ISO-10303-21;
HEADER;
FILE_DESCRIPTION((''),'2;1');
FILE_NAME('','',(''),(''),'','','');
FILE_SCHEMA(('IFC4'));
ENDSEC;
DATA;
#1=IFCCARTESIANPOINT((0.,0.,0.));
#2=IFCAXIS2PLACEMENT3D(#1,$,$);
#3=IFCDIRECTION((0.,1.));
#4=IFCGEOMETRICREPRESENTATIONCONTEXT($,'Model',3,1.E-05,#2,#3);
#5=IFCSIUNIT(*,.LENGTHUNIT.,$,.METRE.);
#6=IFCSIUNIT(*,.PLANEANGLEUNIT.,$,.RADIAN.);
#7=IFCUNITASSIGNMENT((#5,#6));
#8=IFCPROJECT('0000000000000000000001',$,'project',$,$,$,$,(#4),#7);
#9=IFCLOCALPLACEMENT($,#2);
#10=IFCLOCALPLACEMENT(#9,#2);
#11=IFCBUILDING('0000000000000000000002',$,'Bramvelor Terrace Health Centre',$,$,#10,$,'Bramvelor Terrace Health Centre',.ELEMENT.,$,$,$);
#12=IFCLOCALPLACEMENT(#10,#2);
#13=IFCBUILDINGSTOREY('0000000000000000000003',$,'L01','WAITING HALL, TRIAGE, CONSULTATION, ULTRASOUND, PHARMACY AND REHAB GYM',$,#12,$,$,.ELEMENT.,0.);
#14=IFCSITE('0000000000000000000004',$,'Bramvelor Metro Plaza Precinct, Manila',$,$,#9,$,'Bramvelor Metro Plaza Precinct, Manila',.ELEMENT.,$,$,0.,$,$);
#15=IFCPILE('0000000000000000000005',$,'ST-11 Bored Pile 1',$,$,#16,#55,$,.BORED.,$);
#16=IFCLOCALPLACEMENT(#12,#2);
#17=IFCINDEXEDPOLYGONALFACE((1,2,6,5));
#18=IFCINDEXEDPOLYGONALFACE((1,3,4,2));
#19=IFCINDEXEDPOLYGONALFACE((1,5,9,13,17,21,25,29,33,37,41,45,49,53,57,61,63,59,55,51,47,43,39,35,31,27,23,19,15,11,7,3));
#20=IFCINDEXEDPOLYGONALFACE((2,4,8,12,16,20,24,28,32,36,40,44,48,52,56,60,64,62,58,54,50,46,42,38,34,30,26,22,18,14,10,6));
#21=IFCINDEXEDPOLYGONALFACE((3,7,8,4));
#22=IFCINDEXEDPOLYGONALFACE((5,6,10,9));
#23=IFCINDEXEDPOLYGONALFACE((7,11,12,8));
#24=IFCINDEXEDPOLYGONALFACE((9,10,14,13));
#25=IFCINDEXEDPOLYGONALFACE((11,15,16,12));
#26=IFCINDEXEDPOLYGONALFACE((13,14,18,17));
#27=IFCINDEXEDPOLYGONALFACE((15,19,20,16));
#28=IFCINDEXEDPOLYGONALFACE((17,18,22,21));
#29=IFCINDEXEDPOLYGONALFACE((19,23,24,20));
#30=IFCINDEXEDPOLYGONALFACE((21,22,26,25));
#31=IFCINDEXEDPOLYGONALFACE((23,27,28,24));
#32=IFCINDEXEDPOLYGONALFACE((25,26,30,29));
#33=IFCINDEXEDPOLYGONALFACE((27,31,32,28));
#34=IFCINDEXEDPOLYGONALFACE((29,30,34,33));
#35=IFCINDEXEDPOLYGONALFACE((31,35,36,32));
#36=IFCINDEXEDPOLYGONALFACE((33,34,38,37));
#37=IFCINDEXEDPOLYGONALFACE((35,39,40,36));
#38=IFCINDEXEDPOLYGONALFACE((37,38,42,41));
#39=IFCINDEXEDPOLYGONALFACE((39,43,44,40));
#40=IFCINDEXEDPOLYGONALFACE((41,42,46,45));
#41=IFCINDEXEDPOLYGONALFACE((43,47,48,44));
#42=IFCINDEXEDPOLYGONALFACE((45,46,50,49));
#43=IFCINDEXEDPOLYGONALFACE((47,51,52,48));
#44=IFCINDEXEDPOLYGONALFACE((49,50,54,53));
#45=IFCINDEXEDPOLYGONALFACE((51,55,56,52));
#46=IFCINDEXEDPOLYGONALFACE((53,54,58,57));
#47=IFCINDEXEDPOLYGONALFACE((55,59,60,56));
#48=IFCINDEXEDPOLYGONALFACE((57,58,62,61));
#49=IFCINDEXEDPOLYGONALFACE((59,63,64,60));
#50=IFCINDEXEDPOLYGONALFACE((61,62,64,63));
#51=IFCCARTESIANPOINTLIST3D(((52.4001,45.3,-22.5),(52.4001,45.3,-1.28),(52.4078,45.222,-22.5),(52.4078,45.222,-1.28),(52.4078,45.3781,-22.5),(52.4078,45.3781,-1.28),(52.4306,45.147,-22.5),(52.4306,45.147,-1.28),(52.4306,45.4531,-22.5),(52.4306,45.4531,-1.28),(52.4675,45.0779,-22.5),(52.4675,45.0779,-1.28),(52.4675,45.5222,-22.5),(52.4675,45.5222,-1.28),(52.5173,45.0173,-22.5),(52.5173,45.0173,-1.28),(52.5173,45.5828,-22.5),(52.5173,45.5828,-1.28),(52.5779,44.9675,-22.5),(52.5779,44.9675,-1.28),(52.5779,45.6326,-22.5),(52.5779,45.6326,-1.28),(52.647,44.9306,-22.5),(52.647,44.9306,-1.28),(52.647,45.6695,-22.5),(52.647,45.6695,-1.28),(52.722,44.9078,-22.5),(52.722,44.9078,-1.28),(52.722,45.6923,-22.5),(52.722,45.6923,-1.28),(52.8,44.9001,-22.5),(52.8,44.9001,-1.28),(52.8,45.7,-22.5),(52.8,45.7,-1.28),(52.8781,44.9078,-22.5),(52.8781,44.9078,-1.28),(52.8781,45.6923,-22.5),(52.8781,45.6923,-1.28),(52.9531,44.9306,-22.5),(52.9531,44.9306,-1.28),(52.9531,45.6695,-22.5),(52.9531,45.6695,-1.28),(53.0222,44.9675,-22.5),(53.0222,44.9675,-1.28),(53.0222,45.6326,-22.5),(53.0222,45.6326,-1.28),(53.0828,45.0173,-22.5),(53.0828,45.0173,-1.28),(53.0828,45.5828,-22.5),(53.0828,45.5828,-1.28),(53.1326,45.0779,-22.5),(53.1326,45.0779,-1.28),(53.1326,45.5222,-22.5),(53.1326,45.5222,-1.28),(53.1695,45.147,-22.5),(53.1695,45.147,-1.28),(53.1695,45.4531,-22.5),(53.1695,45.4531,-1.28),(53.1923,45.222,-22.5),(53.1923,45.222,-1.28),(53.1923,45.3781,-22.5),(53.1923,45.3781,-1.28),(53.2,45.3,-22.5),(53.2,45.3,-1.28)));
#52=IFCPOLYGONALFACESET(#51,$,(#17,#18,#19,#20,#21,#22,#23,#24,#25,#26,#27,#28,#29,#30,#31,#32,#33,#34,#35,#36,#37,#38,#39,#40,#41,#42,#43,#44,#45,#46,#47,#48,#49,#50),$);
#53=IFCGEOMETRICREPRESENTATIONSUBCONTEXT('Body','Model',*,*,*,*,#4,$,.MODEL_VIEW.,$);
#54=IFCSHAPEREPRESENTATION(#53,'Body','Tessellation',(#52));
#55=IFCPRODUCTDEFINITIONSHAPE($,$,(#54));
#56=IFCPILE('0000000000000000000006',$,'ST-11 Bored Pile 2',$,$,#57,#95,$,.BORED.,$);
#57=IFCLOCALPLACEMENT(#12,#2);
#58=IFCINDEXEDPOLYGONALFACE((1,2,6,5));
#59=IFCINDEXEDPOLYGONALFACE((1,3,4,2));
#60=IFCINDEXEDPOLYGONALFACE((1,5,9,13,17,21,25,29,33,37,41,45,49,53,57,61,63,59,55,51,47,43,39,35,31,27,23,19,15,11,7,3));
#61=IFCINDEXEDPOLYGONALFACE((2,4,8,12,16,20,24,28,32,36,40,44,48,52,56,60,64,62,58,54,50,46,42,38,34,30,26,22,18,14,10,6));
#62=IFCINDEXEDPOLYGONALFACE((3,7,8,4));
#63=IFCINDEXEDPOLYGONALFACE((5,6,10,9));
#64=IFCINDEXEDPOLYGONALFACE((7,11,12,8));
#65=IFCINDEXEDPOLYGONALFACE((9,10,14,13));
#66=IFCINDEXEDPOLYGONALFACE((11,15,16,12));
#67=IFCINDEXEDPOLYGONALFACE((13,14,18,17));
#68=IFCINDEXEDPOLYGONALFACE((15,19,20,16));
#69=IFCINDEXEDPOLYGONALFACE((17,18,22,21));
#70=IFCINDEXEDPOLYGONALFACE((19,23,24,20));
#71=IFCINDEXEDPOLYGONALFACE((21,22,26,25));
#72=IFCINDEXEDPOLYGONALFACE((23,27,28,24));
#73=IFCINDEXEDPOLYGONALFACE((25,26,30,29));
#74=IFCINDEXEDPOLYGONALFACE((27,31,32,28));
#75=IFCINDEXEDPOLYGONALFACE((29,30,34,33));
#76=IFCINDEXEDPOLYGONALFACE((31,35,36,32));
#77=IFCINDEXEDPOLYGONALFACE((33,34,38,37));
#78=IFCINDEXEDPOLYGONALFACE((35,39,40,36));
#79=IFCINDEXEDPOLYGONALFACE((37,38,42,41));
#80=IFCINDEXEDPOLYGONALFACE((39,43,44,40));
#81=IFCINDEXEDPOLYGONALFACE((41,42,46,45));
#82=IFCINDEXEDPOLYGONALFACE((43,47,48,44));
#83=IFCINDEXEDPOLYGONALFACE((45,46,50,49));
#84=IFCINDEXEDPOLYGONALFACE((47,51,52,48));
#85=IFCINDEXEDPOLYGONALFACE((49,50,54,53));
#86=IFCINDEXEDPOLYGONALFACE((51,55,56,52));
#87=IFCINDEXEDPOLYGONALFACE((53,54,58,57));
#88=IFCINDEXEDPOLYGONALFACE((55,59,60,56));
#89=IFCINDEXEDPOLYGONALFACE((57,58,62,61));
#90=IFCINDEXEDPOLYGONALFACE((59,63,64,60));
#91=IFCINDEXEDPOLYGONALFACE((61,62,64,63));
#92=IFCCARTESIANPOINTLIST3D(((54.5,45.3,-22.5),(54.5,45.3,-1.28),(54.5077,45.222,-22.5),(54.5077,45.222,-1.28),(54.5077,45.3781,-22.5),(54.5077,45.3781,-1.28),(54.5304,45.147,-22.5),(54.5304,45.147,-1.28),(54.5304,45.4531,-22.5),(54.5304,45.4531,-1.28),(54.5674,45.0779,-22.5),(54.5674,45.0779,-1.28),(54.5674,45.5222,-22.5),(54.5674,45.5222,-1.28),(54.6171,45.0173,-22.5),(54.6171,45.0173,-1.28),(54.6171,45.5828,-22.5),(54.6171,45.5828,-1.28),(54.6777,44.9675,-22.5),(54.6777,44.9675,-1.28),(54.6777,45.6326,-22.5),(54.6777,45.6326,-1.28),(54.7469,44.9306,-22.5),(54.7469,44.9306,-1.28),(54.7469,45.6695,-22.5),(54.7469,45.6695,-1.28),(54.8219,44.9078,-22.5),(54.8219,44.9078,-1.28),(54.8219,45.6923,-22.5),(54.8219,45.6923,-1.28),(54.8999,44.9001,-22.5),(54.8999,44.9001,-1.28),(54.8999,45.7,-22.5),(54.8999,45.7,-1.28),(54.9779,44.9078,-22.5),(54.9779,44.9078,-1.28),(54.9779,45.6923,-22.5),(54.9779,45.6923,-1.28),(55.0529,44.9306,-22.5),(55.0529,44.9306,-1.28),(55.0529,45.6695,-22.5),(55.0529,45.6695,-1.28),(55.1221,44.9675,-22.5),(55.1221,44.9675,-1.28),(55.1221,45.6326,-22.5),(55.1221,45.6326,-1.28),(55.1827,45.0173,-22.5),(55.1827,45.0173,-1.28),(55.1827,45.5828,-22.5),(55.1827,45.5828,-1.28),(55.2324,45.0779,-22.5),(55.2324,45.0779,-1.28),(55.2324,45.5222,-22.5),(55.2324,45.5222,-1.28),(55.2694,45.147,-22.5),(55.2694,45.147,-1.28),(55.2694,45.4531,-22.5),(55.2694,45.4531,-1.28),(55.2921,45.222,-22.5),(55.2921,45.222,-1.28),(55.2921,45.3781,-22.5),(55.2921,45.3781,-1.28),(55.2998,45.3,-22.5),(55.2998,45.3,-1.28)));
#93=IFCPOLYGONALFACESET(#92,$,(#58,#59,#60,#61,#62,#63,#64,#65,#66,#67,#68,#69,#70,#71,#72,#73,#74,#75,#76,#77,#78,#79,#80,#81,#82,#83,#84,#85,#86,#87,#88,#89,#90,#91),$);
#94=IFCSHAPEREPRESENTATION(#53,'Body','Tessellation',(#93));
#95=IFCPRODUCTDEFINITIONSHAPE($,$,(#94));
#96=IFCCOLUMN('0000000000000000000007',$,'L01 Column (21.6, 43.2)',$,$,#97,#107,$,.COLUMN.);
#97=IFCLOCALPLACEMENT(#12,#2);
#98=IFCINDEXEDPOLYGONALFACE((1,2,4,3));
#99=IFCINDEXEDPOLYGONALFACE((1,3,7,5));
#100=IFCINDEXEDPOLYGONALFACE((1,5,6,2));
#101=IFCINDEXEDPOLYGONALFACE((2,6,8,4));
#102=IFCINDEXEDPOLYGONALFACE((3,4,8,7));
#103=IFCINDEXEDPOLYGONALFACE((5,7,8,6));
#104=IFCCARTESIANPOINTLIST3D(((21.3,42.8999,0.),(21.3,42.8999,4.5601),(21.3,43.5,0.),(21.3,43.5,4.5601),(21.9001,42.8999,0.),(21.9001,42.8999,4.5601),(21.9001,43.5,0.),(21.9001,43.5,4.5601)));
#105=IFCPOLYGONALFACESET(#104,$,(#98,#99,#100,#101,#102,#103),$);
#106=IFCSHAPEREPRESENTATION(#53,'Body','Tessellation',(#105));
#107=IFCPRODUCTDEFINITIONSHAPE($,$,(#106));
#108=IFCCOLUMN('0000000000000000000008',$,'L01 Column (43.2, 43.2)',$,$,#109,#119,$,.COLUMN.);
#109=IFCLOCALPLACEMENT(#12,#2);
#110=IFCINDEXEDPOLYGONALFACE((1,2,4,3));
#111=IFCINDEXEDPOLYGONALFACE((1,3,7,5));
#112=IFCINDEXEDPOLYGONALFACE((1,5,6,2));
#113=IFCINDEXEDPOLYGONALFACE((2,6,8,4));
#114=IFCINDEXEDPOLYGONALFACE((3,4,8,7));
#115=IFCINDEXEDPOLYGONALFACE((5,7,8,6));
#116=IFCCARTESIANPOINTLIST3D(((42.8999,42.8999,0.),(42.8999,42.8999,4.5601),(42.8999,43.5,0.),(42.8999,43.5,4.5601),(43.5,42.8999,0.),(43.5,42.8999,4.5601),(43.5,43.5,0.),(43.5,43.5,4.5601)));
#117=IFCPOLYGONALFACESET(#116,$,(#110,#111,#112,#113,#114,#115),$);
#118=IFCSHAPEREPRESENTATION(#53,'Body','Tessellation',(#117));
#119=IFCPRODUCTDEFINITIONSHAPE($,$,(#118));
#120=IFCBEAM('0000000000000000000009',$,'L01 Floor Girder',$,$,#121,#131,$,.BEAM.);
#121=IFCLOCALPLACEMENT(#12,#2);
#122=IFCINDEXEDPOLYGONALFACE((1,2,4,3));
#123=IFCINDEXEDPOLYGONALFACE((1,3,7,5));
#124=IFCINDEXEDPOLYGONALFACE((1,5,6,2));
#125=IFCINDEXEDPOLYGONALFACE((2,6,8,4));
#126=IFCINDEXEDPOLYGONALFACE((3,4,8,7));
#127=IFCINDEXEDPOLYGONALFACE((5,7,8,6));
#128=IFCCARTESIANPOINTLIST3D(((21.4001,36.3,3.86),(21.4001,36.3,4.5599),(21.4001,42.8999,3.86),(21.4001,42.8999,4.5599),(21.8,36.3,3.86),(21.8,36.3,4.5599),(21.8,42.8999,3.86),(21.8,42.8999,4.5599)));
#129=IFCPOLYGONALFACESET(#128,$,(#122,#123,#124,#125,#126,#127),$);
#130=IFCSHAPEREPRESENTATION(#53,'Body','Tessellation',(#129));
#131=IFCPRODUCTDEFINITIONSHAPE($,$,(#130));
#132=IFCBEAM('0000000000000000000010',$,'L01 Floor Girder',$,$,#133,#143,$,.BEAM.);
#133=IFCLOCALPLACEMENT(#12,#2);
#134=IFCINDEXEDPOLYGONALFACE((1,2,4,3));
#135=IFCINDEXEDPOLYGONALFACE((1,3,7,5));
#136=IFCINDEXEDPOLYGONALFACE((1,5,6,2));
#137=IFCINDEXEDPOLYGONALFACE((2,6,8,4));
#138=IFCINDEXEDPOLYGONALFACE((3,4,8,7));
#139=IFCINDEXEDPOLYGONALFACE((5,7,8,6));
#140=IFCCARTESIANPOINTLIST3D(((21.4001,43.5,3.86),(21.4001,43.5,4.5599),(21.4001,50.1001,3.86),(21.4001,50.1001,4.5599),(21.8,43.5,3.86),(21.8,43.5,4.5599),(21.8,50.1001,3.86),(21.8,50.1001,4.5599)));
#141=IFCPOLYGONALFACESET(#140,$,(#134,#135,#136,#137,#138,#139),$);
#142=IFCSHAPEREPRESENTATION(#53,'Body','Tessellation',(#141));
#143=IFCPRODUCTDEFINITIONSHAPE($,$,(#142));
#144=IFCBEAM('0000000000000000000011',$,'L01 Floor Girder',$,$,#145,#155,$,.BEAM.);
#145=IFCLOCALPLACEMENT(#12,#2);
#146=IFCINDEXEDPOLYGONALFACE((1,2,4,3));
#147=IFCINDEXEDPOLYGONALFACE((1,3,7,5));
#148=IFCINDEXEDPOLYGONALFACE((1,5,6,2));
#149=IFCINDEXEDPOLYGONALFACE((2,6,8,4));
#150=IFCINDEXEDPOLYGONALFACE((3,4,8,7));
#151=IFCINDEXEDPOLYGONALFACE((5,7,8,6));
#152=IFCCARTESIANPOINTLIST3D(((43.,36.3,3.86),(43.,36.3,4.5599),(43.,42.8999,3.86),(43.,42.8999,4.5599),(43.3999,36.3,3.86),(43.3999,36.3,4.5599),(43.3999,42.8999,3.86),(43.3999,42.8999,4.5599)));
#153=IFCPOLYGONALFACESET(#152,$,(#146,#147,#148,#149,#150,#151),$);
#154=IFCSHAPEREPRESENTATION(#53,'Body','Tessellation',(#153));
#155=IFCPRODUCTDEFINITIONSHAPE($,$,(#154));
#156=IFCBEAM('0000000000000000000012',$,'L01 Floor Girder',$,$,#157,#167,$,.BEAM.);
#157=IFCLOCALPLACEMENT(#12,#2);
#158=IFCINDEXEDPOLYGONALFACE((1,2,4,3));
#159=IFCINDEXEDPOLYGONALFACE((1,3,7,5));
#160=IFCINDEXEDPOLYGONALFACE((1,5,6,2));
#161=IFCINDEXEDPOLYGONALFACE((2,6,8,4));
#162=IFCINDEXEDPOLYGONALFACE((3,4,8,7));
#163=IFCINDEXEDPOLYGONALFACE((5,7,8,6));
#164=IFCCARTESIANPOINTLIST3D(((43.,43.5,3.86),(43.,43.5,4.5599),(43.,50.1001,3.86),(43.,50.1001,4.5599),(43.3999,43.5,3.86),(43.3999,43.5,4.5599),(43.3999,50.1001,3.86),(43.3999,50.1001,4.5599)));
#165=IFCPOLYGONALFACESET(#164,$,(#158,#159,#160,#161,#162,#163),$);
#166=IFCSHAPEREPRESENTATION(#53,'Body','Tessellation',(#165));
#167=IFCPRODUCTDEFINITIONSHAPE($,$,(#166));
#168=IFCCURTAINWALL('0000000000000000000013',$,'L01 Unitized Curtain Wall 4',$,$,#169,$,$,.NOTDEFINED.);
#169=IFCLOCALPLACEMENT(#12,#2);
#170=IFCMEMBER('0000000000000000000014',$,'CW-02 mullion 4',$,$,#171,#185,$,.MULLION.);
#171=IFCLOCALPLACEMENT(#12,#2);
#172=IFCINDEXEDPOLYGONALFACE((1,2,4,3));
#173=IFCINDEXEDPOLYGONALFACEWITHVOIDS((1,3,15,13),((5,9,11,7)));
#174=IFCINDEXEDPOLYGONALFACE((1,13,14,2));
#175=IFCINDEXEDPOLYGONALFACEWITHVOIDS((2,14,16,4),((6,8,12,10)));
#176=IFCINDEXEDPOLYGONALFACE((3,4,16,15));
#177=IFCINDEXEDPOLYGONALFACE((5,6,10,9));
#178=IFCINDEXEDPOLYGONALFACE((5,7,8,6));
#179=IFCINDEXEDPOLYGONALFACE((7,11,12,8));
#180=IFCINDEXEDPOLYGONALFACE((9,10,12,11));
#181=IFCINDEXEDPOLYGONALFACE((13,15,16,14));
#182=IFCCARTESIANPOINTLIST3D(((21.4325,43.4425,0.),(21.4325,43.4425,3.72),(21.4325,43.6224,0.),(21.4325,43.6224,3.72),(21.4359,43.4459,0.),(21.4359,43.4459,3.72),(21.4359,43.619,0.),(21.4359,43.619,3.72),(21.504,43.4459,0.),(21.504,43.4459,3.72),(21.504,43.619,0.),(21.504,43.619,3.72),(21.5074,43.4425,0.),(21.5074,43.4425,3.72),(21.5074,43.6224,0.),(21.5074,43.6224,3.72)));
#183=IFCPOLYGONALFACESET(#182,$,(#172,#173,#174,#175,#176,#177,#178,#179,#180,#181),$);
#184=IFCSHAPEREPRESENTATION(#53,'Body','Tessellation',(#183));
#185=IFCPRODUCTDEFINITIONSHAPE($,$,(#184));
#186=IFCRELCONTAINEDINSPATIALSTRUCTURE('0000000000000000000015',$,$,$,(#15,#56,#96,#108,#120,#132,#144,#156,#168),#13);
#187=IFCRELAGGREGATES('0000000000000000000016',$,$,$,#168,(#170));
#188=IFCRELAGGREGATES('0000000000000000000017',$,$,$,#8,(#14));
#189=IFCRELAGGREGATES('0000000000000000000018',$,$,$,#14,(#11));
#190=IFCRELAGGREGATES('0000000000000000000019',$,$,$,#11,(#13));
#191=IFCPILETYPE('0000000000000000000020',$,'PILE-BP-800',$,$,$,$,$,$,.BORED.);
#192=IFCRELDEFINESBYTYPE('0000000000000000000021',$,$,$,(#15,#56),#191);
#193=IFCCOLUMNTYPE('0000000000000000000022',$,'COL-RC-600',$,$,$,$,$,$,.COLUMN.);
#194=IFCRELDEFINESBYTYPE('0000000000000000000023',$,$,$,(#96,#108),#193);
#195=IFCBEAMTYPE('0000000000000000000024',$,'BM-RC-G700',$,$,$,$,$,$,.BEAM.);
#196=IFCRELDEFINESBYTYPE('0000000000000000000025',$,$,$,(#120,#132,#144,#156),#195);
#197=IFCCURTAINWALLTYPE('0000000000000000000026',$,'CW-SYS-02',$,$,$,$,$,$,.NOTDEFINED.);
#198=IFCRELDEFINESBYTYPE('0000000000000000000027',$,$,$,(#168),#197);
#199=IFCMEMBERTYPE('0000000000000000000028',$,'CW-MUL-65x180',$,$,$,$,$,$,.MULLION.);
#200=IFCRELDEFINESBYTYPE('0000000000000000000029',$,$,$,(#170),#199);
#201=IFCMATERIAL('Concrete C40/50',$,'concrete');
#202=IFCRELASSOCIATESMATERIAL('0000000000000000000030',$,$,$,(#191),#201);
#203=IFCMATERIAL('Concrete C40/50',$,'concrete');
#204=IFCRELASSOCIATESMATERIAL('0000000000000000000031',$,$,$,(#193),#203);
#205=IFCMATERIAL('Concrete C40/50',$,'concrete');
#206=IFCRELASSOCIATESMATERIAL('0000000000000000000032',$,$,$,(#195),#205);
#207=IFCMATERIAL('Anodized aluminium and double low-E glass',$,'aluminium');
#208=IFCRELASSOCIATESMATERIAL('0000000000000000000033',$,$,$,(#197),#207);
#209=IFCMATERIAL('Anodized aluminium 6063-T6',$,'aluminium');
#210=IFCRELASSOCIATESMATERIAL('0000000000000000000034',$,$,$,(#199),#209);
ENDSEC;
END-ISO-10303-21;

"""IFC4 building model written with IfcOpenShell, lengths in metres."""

from ifc_helpers import new_model, si_unit, direction, frame, origin, origin_2d, place, context, subcontext, project, spatial, rectangle, hollow_rectangle, circle, extrude, material, material_profile, profile_set, type_object, element, aggregate, save


model = new_model("IFC4")

# Units and contexts
model_context = context("Model", 3, precision=1e-05, world=origin(), true_north=direction((0.0, 1.0)))
body_context = subcontext(model_context, "Body", "Model", "MODEL_VIEW")
ifc_project = project(units=[si_unit("LENGTHUNIT", "METRE"), si_unit("PLANEANGLEUNIT", "RADIAN")], contexts=[model_context])

# Site, building, storey
site_placement = place(None, origin())
site = spatial("IfcSite", under=ifc_project, at=site_placement, Name="Bramvelor Metro Plaza Precinct, Manila", LongName="Bramvelor Metro Plaza Precinct, Manila", CompositionType="ELEMENT", RefElevation=0.0)
building_placement = place(site_placement, origin())
building = spatial("IfcBuilding", under=site, at=building_placement, Name="Bramvelor Terrace Health Centre", LongName="Bramvelor Terrace Health Centre", CompositionType="ELEMENT")
storey_placement = place(building_placement, origin())
storey = spatial("IfcBuildingStorey", under=building, at=storey_placement, Name="L01", Description="WAITING HALL, TRIAGE, CONSULTATION, ULTRASOUND, PHARMACY AND REHAB GYM", CompositionType="ELEMENT", Elevation=0.0)

# Piles
ifc_material_1 = material(Name="Concrete C40/50", Category="concrete")
ifc_material_profile_1 = material_profile(ifc_material_1, circle(Radius=0.3999, at=origin_2d()), Name="BP D800")
ifc_profile_set_1 = profile_set([ifc_material_profile_1], Name="Concrete C40/50")
pile_type = type_object("IfcPileType", Name="PILE-BP-800", PredefinedType="BORED", material=ifc_profile_set_1)
for number, where, z_axis, x_axis, name in (
    (1, (52.8, 45.3, -1.28), (0.0, 0.0, -1.0), (1.0, 0.0, 0.0), "ST-11 Bored Pile 1"),
    (2, (54.8999, 45.3, -1.28), (0.0, 0.0, -1.0), (1.0, 0.0, 0.0), "ST-11 Bored Pile 2"),
):
    element("IfcPile", number, at=place(storey_placement, frame(where, z_axis=z_axis, x_axis=x_axis)), inside=storey, type_object=pile_type, Name=name, PredefinedType="BORED", context=body_context, shape_type="SweptSolid", body=[
        extrude(circle(Radius=0.3999, at=origin_2d()), origin(), (0.0, 0.0, 1.0), 21.22),
    ])

# Columns
ifc_material_2 = material(Name="Concrete C40/50", Category="concrete")
ifc_material_profile_2 = material_profile(ifc_material_2, rectangle(XDim=0.6001, YDim=0.6001, at=origin_2d()), Name="RC 600x600")
ifc_profile_set_2 = profile_set([ifc_material_profile_2], Name="Concrete C40/50")
column_type = type_object("IfcColumnType", Name="COL-RC-600", PredefinedType="COLUMN", material=ifc_profile_set_2)
for number, where, z_axis, x_axis, name in (
    (3, (21.6001, 43.2, 0.0), (0.0, 0.0, 1.0), (1.0, 0.0, 0.0), "L01 Column (21.6, 43.2)"),
    (4, (43.2, 43.2, 0.0), (0.0, 0.0, 1.0), (1.0, 0.0, 0.0), "L01 Column (43.2, 43.2)"),
):
    element("IfcColumn", number, at=place(storey_placement, frame(where, z_axis=z_axis, x_axis=x_axis)), inside=storey, type_object=column_type, Name=name, PredefinedType="COLUMN", context=body_context, shape_type="SweptSolid", body=[
        extrude(rectangle(XDim=0.6001, YDim=0.6001, at=origin_2d()), origin(), (0.0, 0.0, 1.0), 4.5601),
    ])

# Beams
ifc_material_3 = material(Name="Concrete C40/50", Category="concrete")
ifc_material_profile_3 = material_profile(ifc_material_3, rectangle(XDim=0.3999, YDim=0.7, at=origin_2d()), Name="RC 400x700")
ifc_profile_set_3 = profile_set([ifc_material_profile_3], Name="Concrete C40/50")
beam_type = type_object("IfcBeamType", Name="BM-RC-G700", PredefinedType="BEAM", material=ifc_profile_set_3)
beam_1_placement = place(storey_placement, frame((21.6001, 36.3, 4.21), z_axis=(0.0, 1.0, 0.0), x_axis=(-1.0, 0.0, 0.0)))
element("IfcBeam", 5, at=beam_1_placement, inside=storey, type_object=beam_type, Name="L01 Floor Girder", PredefinedType="BEAM", context=body_context, shape_type="SweptSolid", body=[
    extrude(rectangle(XDim=0.3999, YDim=0.7, at=origin_2d()), origin(), (0.0, 0.0, 1.0), 6.5999),
])
beam_2_placement = place(storey_placement, frame((21.6001, 43.5, 4.21), z_axis=(0.0, 1.0, 0.0), x_axis=(-1.0, 0.0, 0.0)))
element("IfcBeam", 6, at=beam_2_placement, inside=storey, type_object=beam_type, Name="L01 Floor Girder", PredefinedType="BEAM", context=body_context, shape_type="SweptSolid", body=[
    extrude(rectangle(XDim=0.3999, YDim=0.7, at=origin_2d()), origin(), (0.0, 0.0, 1.0), 6.6001),
])
beam_3_placement = place(storey_placement, frame((43.2, 36.3, 4.21), z_axis=(0.0, 1.0, 0.0), x_axis=(-1.0, 0.0, 0.0)))
element("IfcBeam", 7, at=beam_3_placement, inside=storey, type_object=beam_type, Name="L01 Floor Girder", PredefinedType="BEAM", context=body_context, shape_type="SweptSolid", body=[
    extrude(rectangle(XDim=0.3999, YDim=0.7, at=origin_2d()), origin(), (0.0, 0.0, 1.0), 6.5999),
])
beam_4_placement = place(storey_placement, frame((43.2, 43.5, 4.21), z_axis=(0.0, 1.0, 0.0), x_axis=(-1.0, 0.0, 0.0)))
element("IfcBeam", 8, at=beam_4_placement, inside=storey, type_object=beam_type, Name="L01 Floor Girder", PredefinedType="BEAM", context=body_context, shape_type="SweptSolid", body=[
    extrude(rectangle(XDim=0.3999, YDim=0.7, at=origin_2d()), origin(), (0.0, 0.0, 1.0), 6.6001),
])

# Curtain wall, member
ifc_material_4 = material(Name="Anodized aluminium and double low-E glass", Category="aluminium")
curtain_wall_type = type_object("IfcCurtainWallType", Name="CW-SYS-02", PredefinedType="NOTDEFINED", material=ifc_material_4)
curtain_wall_1_placement = place(storey_placement, origin())
curtain_wall_1 = element("IfcCurtainWall", 9, at=curtain_wall_1_placement, inside=storey, type_object=curtain_wall_type, Name="L01 Unitized Curtain Wall 4", PredefinedType="NOTDEFINED")
ifc_material_5 = material(Name="Anodized aluminium 6063-T6", Category="aluminium")
ifc_material_profile_4 = material_profile(ifc_material_5, hollow_rectangle(XDim=0.075, YDim=0.1799, WallThickness=0.0034, at=origin_2d()), Name="ALU-MUL 75x180x3.5")
ifc_profile_set_4 = profile_set([ifc_material_profile_4], Name="Anodized aluminium 6063-T6")
member_type_1 = type_object("IfcMemberType", Name="CW-MUL-65x180", PredefinedType="MULLION", material=ifc_profile_set_4)
member_1_placement = place(storey_placement, frame((21.47, 43.5325, 0.0), z_axis=(0.0, 0.0, 1.0), x_axis=(1.0, 0.0, 0.0)))
member_1 = element("IfcMember", 10, at=member_1_placement, type_object=member_type_1, Name="CW-02 mullion 4", PredefinedType="MULLION", context=body_context, shape_type="SweptSolid", body=[
    extrude(hollow_rectangle(XDim=0.075, YDim=0.1799, WallThickness=0.0034, at=origin_2d()), origin(), (0.0, 0.0, 1.0), 3.72),
])

aggregate(curtain_wall_1, [member_1])

save(model, "model.ifc")
